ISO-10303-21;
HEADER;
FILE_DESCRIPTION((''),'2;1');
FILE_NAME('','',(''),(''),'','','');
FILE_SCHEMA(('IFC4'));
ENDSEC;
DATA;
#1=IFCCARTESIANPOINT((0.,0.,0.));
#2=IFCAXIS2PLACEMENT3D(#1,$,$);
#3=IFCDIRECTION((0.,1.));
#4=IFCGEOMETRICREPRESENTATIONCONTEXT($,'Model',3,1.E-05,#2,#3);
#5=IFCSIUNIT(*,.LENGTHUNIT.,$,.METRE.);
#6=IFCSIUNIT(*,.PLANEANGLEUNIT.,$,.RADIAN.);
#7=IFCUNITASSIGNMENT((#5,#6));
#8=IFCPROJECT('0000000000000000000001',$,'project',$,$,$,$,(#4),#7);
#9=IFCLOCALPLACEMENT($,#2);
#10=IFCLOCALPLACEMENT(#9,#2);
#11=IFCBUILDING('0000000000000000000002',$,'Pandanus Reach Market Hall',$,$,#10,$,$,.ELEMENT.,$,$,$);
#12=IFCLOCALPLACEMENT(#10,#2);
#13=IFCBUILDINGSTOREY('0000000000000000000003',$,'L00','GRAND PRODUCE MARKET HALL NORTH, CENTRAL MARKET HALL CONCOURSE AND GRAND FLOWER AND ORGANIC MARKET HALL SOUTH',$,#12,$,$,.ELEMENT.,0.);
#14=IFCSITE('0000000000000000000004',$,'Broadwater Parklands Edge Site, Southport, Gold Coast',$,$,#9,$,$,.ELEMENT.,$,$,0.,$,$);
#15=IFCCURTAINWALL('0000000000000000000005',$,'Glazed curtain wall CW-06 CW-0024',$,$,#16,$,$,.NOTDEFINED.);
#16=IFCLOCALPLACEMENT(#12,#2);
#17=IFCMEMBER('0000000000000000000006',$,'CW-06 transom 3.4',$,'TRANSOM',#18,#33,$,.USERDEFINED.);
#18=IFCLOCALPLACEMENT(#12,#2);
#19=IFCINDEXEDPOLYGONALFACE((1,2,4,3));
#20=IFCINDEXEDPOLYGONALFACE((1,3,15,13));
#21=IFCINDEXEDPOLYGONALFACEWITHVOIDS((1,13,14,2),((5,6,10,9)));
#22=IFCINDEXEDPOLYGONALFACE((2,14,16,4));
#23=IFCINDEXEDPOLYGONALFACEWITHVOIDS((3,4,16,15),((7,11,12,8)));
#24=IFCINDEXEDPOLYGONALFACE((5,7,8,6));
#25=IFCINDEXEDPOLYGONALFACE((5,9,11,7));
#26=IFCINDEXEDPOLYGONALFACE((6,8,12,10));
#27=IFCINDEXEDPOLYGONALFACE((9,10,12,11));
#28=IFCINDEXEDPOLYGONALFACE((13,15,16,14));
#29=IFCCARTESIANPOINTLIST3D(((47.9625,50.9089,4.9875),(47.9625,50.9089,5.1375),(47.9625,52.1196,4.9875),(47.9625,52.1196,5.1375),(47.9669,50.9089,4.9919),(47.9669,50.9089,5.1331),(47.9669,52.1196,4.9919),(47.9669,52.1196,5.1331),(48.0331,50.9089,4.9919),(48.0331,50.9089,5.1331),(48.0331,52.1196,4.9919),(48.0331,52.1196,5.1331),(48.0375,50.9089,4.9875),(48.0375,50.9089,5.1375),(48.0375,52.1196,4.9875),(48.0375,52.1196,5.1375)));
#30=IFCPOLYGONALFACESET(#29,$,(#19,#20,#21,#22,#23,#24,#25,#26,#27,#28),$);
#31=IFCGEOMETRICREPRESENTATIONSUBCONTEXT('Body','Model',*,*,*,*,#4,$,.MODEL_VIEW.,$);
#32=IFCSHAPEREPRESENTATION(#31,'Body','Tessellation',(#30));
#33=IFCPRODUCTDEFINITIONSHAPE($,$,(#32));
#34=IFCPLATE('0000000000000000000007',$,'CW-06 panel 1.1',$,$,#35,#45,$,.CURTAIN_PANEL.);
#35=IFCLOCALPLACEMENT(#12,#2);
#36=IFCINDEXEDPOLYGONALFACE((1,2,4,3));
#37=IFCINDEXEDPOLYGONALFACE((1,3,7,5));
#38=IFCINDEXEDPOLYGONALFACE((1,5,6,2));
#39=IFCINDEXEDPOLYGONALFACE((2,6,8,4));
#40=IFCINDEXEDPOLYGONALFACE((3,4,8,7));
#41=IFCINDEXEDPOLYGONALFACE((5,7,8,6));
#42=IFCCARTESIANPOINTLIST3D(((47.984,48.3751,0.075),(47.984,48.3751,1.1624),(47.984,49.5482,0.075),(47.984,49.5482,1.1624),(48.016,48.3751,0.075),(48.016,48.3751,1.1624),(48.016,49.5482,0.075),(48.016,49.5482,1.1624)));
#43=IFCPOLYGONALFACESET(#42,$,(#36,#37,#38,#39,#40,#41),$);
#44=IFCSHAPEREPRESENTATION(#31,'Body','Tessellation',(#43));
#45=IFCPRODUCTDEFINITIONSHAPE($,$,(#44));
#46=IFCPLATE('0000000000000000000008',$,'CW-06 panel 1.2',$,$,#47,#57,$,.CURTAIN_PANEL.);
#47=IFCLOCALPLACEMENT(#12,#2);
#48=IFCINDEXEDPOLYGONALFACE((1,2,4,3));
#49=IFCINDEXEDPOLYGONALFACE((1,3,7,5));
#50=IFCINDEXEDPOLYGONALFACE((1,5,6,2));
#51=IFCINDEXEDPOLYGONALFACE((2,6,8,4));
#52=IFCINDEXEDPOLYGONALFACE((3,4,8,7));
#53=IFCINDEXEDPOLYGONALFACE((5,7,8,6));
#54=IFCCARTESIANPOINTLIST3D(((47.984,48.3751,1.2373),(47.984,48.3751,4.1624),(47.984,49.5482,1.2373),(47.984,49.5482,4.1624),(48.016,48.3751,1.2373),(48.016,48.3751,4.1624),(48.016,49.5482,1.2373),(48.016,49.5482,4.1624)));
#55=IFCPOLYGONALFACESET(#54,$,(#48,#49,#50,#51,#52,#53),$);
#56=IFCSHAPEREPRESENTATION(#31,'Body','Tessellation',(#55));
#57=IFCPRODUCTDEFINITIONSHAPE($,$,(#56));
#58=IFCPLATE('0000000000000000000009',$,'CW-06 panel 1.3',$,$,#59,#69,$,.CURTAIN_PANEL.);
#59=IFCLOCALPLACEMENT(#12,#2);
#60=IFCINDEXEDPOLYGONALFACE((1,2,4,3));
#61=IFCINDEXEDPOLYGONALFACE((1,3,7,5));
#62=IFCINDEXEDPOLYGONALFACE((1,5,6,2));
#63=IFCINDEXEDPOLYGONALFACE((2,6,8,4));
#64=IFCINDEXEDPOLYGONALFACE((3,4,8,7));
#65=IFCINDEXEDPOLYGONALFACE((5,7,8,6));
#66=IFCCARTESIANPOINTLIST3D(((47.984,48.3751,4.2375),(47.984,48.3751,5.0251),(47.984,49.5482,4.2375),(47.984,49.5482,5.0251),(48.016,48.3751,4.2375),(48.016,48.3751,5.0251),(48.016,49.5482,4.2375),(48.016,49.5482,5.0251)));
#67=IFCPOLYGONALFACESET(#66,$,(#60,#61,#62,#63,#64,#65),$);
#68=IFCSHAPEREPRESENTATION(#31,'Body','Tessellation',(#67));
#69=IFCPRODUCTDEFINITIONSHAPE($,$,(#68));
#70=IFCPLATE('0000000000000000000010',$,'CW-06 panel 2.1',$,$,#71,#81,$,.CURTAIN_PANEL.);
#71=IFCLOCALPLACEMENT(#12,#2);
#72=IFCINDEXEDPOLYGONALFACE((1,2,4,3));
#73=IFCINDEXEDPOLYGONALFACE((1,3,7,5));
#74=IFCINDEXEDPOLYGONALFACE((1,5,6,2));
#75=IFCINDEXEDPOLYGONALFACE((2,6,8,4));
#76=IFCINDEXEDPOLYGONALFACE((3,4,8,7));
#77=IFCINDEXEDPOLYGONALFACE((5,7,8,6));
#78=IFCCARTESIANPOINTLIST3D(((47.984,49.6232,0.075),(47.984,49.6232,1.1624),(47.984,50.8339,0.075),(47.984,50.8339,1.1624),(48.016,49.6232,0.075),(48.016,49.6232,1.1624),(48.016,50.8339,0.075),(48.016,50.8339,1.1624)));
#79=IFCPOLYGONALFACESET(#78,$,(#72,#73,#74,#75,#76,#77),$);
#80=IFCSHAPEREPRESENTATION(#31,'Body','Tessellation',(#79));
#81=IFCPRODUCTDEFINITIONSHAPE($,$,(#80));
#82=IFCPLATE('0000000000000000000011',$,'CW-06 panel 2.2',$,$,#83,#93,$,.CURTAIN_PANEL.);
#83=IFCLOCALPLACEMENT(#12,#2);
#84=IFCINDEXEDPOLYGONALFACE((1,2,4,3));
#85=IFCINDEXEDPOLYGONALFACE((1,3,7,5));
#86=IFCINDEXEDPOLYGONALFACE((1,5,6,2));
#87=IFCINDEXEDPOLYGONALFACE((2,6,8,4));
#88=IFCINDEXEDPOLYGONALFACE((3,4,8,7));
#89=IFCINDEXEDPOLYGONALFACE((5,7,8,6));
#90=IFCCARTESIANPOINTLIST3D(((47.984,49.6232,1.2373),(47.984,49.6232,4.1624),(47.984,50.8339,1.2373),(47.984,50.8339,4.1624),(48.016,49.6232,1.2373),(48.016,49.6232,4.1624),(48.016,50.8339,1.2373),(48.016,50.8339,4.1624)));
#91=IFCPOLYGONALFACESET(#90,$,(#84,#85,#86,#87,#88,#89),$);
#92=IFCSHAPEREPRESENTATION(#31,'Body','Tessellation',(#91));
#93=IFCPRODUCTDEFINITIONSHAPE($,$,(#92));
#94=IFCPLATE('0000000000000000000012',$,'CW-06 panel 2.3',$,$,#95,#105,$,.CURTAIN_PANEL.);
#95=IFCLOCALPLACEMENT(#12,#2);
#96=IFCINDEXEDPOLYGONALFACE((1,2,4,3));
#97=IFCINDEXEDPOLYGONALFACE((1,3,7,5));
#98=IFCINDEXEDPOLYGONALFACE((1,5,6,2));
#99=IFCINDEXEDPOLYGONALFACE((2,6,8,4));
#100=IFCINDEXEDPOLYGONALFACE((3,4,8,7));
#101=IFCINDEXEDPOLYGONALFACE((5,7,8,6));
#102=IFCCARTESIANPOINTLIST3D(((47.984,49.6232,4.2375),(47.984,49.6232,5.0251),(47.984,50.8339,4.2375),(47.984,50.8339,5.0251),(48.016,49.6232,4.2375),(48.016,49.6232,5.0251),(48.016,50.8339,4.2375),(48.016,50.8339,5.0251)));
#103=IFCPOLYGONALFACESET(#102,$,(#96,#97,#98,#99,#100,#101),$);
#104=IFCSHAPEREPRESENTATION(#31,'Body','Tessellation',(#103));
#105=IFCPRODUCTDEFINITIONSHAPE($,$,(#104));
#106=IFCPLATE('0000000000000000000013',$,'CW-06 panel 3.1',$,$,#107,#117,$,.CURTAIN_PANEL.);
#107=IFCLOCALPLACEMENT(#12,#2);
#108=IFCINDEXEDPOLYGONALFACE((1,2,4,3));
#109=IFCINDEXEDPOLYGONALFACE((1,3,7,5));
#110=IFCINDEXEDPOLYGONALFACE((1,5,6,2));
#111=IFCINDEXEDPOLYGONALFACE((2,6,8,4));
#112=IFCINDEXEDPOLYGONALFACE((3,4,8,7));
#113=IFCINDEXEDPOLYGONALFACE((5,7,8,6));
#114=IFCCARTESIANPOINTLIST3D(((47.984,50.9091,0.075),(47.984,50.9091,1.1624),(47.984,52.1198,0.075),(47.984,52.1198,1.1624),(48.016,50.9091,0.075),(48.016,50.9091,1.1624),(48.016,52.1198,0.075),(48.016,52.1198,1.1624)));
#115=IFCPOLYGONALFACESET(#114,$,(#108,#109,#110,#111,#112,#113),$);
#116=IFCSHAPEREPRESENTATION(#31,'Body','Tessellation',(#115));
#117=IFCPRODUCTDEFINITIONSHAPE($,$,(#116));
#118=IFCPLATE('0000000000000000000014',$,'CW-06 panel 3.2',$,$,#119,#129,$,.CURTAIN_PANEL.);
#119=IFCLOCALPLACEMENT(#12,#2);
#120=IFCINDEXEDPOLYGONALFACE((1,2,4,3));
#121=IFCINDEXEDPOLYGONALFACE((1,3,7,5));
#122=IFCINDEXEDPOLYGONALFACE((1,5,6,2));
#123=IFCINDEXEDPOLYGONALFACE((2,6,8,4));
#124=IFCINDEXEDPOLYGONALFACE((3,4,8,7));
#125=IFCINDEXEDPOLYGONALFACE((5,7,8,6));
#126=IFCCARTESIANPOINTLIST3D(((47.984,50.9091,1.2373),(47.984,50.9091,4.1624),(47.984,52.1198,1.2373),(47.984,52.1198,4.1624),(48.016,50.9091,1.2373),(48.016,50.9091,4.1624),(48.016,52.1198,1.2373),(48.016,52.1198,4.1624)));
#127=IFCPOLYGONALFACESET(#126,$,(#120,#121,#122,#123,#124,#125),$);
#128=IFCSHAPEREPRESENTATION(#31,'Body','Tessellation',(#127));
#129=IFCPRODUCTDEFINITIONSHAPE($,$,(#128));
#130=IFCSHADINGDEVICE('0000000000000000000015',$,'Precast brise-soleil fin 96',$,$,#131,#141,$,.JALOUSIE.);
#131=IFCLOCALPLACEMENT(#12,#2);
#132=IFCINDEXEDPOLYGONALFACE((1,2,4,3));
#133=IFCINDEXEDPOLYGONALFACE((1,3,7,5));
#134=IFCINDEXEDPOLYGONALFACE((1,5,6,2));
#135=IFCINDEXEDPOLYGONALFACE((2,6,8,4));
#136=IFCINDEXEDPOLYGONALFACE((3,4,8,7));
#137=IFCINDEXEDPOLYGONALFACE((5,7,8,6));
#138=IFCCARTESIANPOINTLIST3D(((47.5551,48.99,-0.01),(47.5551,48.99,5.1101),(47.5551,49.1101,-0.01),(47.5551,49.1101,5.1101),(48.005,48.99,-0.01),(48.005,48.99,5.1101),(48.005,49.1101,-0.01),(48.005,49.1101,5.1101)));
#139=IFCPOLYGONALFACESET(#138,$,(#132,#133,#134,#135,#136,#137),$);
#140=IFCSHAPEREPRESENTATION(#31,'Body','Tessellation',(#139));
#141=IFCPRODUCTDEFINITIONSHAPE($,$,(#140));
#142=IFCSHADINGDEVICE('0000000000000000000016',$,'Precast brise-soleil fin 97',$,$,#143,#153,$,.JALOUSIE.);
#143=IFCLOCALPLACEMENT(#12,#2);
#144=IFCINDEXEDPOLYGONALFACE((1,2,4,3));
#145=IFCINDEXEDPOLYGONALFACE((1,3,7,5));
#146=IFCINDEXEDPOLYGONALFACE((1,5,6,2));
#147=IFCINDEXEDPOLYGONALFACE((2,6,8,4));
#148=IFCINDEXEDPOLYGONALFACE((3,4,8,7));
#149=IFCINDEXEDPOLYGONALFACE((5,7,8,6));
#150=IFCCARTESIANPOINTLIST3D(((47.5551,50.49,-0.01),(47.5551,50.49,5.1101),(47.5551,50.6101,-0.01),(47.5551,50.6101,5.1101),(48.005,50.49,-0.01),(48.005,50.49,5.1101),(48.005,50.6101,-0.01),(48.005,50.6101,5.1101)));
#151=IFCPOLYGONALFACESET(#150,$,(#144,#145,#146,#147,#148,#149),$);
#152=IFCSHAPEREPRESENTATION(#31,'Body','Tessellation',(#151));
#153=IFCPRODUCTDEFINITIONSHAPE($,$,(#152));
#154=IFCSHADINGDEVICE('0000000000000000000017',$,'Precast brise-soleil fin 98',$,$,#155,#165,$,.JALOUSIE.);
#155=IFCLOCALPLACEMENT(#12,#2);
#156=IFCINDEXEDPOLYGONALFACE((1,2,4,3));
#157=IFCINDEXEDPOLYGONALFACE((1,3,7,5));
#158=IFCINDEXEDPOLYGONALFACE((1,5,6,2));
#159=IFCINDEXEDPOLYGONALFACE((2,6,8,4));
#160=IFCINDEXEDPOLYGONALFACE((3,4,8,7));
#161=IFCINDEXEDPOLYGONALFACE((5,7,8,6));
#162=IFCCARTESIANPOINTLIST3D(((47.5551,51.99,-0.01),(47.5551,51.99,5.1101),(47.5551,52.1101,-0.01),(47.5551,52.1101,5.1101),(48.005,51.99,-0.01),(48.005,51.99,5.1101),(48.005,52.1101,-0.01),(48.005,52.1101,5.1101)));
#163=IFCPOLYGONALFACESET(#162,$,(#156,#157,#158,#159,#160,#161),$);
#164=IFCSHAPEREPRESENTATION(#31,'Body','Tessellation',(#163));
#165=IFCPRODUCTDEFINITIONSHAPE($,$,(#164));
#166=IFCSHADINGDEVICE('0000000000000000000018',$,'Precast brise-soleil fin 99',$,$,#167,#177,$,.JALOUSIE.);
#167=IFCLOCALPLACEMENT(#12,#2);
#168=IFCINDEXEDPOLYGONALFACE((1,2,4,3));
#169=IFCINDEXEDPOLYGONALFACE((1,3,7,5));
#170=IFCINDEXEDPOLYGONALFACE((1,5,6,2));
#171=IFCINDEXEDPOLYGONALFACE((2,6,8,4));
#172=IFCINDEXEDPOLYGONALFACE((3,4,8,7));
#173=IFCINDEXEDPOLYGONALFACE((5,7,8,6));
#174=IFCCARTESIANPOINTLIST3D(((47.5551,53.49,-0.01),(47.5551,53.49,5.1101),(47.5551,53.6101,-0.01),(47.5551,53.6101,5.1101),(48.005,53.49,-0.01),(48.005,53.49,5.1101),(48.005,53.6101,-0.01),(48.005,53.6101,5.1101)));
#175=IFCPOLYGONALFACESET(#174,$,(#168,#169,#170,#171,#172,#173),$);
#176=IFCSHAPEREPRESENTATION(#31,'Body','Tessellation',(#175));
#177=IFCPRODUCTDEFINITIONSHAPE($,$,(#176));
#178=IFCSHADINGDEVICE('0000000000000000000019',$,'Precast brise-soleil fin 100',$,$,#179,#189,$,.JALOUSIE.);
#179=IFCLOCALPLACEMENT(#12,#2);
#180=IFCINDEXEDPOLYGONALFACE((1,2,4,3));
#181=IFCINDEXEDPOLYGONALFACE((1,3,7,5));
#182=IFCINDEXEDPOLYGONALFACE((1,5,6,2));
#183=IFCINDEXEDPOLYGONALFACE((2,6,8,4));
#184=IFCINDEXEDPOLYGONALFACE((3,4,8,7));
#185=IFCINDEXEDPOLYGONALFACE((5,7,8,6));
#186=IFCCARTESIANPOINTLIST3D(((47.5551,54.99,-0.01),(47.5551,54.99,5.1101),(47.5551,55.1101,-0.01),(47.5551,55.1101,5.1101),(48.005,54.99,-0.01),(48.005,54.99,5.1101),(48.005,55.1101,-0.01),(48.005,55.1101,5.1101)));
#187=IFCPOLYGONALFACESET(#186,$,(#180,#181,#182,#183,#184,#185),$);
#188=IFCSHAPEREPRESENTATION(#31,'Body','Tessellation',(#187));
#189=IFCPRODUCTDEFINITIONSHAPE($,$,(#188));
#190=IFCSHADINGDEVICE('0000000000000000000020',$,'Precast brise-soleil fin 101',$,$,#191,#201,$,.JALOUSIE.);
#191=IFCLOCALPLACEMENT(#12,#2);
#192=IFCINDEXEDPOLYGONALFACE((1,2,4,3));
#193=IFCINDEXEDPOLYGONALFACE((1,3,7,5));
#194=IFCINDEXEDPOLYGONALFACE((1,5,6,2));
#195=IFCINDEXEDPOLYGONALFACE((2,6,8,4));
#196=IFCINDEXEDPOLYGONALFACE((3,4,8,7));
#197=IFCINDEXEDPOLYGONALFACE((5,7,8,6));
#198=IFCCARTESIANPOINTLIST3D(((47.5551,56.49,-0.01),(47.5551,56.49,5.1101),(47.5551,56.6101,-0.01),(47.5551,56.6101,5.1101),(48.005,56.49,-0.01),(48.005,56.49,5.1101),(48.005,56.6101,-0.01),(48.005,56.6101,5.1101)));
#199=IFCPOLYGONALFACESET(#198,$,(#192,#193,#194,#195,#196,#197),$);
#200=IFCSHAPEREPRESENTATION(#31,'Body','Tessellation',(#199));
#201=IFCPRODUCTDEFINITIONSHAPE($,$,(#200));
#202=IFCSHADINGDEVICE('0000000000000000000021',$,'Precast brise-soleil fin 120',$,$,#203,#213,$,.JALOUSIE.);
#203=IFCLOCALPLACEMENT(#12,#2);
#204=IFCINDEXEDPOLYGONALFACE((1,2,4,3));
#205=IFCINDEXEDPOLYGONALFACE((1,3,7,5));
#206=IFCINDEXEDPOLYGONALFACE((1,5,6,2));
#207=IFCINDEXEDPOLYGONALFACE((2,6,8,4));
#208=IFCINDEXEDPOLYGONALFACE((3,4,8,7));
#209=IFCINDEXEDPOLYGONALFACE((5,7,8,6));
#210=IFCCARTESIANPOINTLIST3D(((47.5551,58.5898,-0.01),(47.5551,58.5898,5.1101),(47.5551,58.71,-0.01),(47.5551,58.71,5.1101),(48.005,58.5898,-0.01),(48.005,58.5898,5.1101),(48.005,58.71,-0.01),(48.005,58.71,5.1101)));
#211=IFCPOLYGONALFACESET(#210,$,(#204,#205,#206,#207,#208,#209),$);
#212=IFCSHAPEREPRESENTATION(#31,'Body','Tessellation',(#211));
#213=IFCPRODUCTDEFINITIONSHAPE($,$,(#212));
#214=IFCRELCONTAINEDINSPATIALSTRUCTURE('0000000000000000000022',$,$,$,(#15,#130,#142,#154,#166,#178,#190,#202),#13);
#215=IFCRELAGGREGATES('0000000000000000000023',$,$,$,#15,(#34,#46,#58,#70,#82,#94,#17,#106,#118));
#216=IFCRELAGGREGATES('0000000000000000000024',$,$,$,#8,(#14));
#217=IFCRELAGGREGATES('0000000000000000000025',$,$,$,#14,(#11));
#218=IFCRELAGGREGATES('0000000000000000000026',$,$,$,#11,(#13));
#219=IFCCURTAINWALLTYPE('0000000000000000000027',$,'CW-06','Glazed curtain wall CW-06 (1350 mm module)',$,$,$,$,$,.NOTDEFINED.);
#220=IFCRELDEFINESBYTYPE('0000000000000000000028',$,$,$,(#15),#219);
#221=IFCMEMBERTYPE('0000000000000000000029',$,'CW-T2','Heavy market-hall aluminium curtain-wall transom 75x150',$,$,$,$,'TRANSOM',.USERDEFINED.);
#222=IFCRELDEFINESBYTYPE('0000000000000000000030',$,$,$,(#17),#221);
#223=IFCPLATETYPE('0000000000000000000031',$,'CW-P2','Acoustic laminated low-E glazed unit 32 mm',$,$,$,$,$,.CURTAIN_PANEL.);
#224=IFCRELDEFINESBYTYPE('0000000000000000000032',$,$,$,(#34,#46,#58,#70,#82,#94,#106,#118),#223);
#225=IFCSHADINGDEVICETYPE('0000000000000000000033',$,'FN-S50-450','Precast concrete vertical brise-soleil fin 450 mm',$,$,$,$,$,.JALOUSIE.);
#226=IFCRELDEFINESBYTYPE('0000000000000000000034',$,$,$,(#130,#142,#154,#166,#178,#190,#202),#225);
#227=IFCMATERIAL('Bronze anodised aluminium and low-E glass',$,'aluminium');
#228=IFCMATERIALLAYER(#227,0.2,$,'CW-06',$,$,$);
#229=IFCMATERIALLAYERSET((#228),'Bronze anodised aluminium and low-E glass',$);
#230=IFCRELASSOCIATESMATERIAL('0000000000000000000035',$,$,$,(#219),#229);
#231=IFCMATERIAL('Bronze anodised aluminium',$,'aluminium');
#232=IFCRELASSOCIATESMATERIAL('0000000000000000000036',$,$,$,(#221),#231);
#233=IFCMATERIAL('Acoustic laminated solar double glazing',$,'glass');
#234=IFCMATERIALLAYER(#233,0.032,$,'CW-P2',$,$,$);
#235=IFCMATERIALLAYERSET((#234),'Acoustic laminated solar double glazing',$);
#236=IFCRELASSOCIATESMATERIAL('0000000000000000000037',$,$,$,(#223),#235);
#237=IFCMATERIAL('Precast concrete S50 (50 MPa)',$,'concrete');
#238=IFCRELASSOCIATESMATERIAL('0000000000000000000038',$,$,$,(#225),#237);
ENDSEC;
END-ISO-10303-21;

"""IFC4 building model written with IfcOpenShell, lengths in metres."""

from ifc_helpers import new_model, si_unit, direction, frame, origin, origin_2d, place, context, subcontext, project, spatial, rectangle, hollow_rectangle, extrude, material, layer, layer_set, material_profile, profile_set, type_object, element, aggregate, save


model = new_model("IFC4")

# Units and contexts
model_context = context("Model", 3, precision=1e-05, world=origin(), true_north=direction((0.0, 1.0)))
body_context = subcontext(model_context, "Body", "Model", "MODEL_VIEW")
ifc_project = project(units=[si_unit("LENGTHUNIT", "METRE"), si_unit("PLANEANGLEUNIT", "RADIAN")], contexts=[model_context])

# Site, building, storey
site_placement = place(None, origin())
site = spatial("IfcSite", under=ifc_project, at=site_placement, Name="Broadwater Parklands Edge Site, Southport, Gold Coast", CompositionType="ELEMENT", RefElevation=0.0)
building_placement = place(site_placement, origin())
building = spatial("IfcBuilding", under=site, at=building_placement, Name="Pandanus Reach Market Hall", CompositionType="ELEMENT")
storey_placement = place(building_placement, origin())
storey = spatial("IfcBuildingStorey", under=building, at=storey_placement, Name="L00", Description="GRAND PRODUCE MARKET HALL NORTH, CENTRAL MARKET HALL CONCOURSE AND GRAND FLOWER AND ORGANIC MARKET HALL SOUTH", CompositionType="ELEMENT", Elevation=0.0)

# Curtain wall, member, plates
ifc_material_1 = material(Name="Bronze anodised aluminium and low-E glass", Category="aluminium")
ifc_layer_1 = layer(ifc_material_1, 0.2, Name="CW-06")
ifc_layer_set_1 = layer_set([ifc_layer_1], Name="Bronze anodised aluminium and low-E glass")
curtain_wall_type = type_object("IfcCurtainWallType", Name="CW-06", Description="Glazed curtain wall CW-06 (1350 mm module)", PredefinedType="NOTDEFINED", material=ifc_layer_set_1)
curtain_wall_placement = place(storey_placement, origin())
curtain_wall = element("IfcCurtainWall", 1, at=curtain_wall_placement, inside=storey, type_object=curtain_wall_type, Name="Glazed curtain wall CW-06 CW-0024", PredefinedType="NOTDEFINED")
ifc_material_2 = material(Name="Bronze anodised aluminium", Category="aluminium")
ifc_material_profile_1 = material_profile(ifc_material_2, hollow_rectangle(XDim=0.075, YDim=0.1499, WallThickness=0.0044, at=origin_2d()), Name="ALU75x150", Category="LoadBearing")
ifc_profile_set_1 = profile_set([ifc_material_profile_1], Name="Bronze anodised aluminium")
member_type_1 = type_object("IfcMemberType", Name="CW-T2", Description="Heavy market-hall aluminium curtain-wall transom 75x150", ElementType="TRANSOM", PredefinedType="USERDEFINED", material=ifc_profile_set_1)
member_1_placement = place(storey_placement, frame((48.0, 50.9089, 5.0625), z_axis=(0.0, 1.0, 0.0), x_axis=(-1.0, 0.0, 0.0)))
member_1 = element("IfcMember", 2, at=member_1_placement, type_object=member_type_1, Name="CW-06 transom 3.4", ObjectType="TRANSOM", PredefinedType="USERDEFINED", context=body_context, shape_type="SweptSolid", body=[
    extrude(hollow_rectangle(XDim=0.075, YDim=0.1499, WallThickness=0.0044, at=origin_2d()), origin(), (0.0, 0.0, 1.0), 1.2107),
])
ifc_material_3 = material(Name="Acoustic laminated solar double glazing", Category="glass")
ifc_layer_2 = layer(ifc_material_3, 0.032, Name="CW-P2")
ifc_layer_set_2 = layer_set([ifc_layer_2], Name="Acoustic laminated solar double glazing")
plate_type = type_object("IfcPlateType", Name="CW-P2", Description="Acoustic laminated low-E glazed unit 32 mm", PredefinedType="CURTAIN_PANEL", material=ifc_layer_set_2)
plate_1_placement = place(storey_placement, frame((48.0, 48.9617, 0.075), z_axis=(0.0, 0.0, 1.0), x_axis=(0.0, 1.0, 0.0)))
plate_1 = element("IfcPlate", 3, at=plate_1_placement, type_object=plate_type, Name="CW-06 panel 1.1", PredefinedType="CURTAIN_PANEL", context=body_context, shape_type="SweptSolid", body=[
    extrude(rectangle(XDim=1.1731, YDim=0.032, at=origin_2d()), origin(), (0.0, 0.0, 1.0), 1.0874),
])
plate_2_placement = place(storey_placement, frame((48.0, 48.9617, 1.2373), z_axis=(0.0, 0.0, 1.0), x_axis=(0.0, 1.0, 0.0)))
plate_2 = element("IfcPlate", 4, at=plate_2_placement, type_object=plate_type, Name="CW-06 panel 1.2", PredefinedType="CURTAIN_PANEL", context=body_context, shape_type="SweptSolid", body=[
    extrude(rectangle(XDim=1.1731, YDim=0.032, at=origin_2d()), origin(), (0.0, 0.0, 1.0), 2.925),
])
plate_3_placement = place(storey_placement, frame((48.0, 48.9617, 4.2375), z_axis=(0.0, 0.0, 1.0), x_axis=(0.0, 1.0, 0.0)))
plate_3 = element("IfcPlate", 5, at=plate_3_placement, type_object=plate_type, Name="CW-06 panel 1.3", PredefinedType="CURTAIN_PANEL", context=body_context, shape_type="SweptSolid", body=[
    extrude(rectangle(XDim=1.1731, YDim=0.032, at=origin_2d()), origin(), (0.0, 0.0, 1.0), 0.7876),
])
plate_4_placement = place(storey_placement, frame((48.0, 50.2285, 0.075), z_axis=(0.0, 0.0, 1.0), x_axis=(0.0, 1.0, 0.0)))
plate_4 = element("IfcPlate", 6, at=plate_4_placement, type_object=plate_type, Name="CW-06 panel 2.1", PredefinedType="CURTAIN_PANEL", context=body_context, shape_type="SweptSolid", body=[
    extrude(rectangle(XDim=1.2107, YDim=0.032, at=origin_2d()), origin(), (0.0, 0.0, 1.0), 1.0874),
])
plate_5_placement = place(storey_placement, frame((48.0, 50.2285, 1.2373), z_axis=(0.0, 0.0, 1.0), x_axis=(0.0, 1.0, 0.0)))
plate_5 = element("IfcPlate", 7, at=plate_5_placement, type_object=plate_type, Name="CW-06 panel 2.2", PredefinedType="CURTAIN_PANEL", context=body_context, shape_type="SweptSolid", body=[
    extrude(rectangle(XDim=1.2107, YDim=0.032, at=origin_2d()), origin(), (0.0, 0.0, 1.0), 2.925),
])
plate_6_placement = place(storey_placement, frame((48.0, 50.2285, 4.2375), z_axis=(0.0, 0.0, 1.0), x_axis=(0.0, 1.0, 0.0)))
plate_6 = element("IfcPlate", 8, at=plate_6_placement, type_object=plate_type, Name="CW-06 panel 2.3", PredefinedType="CURTAIN_PANEL", context=body_context, shape_type="SweptSolid", body=[
    extrude(rectangle(XDim=1.2107, YDim=0.032, at=origin_2d()), origin(), (0.0, 0.0, 1.0), 0.7876),
])
plate_7_placement = place(storey_placement, frame((48.0, 51.5144, 0.075), z_axis=(0.0, 0.0, 1.0), x_axis=(0.0, 1.0, 0.0)))
plate_7 = element("IfcPlate", 9, at=plate_7_placement, type_object=plate_type, Name="CW-06 panel 3.1", PredefinedType="CURTAIN_PANEL", context=body_context, shape_type="SweptSolid", body=[
    extrude(rectangle(XDim=1.2107, YDim=0.032, at=origin_2d()), origin(), (0.0, 0.0, 1.0), 1.0874),
])
plate_8_placement = place(storey_placement, frame((48.0, 51.5144, 1.2373), z_axis=(0.0, 0.0, 1.0), x_axis=(0.0, 1.0, 0.0)))
plate_8 = element("IfcPlate", 10, at=plate_8_placement, type_object=plate_type, Name="CW-06 panel 3.2", PredefinedType="CURTAIN_PANEL", context=body_context, shape_type="SweptSolid", body=[
    extrude(rectangle(XDim=1.2107, YDim=0.032, at=origin_2d()), origin(), (0.0, 0.0, 1.0), 2.925),
])
aggregate(curtain_wall, [plate_1, plate_2, plate_3, plate_4, plate_5, plate_6, member_1, plate_7, plate_8])

# Shading devices
ifc_material_4 = material(Name="Precast concrete S50 (50 MPa)", Category="concrete")
shading_device_type = type_object("IfcShadingDeviceType", Name="FN-S50-450", Description="Precast concrete vertical brise-soleil fin 450 mm", PredefinedType="JALOUSIE", material=ifc_material_4)
for number, where, z_axis, x_axis, name in (
    (11, (47.78, 49.05, -0.01), (0.0, 0.0, 1.0), (-1.0, 0.0, 0.0), "Precast brise-soleil fin 96"),
    (12, (47.78, 50.55, -0.01), (0.0, 0.0, 1.0), (-1.0, 0.0, 0.0), "Precast brise-soleil fin 97"),
    (13, (47.78, 52.05, -0.01), (0.0, 0.0, 1.0), (-1.0, 0.0, 0.0), "Precast brise-soleil fin 98"),
    (14, (47.78, 53.55, -0.01), (0.0, 0.0, 1.0), (-1.0, 0.0, 0.0), "Precast brise-soleil fin 99"),
    (15, (47.78, 55.05, -0.01), (0.0, 0.0, 1.0), (-1.0, 0.0, 0.0), "Precast brise-soleil fin 100"),
    (16, (47.78, 56.55, -0.01), (0.0, 0.0, 1.0), (-1.0, 0.0, 0.0), "Precast brise-soleil fin 101"),
    (17, (47.78, 58.6499, -0.01), (0.0, 0.0, 1.0), (-1.0, 0.0, 0.0), "Precast brise-soleil fin 120"),
):
    element("IfcShadingDevice", number, at=place(storey_placement, frame(where, z_axis=z_axis, x_axis=x_axis)), inside=storey, type_object=shading_device_type, Name=name, PredefinedType="JALOUSIE", context=body_context, shape_type="SweptSolid", body=[
        extrude(rectangle(XDim=0.45, YDim=0.1201, at=origin_2d()), origin(), (0.0, 0.0, 1.0), 5.1201),
    ])

save(model, "model.ifc")
